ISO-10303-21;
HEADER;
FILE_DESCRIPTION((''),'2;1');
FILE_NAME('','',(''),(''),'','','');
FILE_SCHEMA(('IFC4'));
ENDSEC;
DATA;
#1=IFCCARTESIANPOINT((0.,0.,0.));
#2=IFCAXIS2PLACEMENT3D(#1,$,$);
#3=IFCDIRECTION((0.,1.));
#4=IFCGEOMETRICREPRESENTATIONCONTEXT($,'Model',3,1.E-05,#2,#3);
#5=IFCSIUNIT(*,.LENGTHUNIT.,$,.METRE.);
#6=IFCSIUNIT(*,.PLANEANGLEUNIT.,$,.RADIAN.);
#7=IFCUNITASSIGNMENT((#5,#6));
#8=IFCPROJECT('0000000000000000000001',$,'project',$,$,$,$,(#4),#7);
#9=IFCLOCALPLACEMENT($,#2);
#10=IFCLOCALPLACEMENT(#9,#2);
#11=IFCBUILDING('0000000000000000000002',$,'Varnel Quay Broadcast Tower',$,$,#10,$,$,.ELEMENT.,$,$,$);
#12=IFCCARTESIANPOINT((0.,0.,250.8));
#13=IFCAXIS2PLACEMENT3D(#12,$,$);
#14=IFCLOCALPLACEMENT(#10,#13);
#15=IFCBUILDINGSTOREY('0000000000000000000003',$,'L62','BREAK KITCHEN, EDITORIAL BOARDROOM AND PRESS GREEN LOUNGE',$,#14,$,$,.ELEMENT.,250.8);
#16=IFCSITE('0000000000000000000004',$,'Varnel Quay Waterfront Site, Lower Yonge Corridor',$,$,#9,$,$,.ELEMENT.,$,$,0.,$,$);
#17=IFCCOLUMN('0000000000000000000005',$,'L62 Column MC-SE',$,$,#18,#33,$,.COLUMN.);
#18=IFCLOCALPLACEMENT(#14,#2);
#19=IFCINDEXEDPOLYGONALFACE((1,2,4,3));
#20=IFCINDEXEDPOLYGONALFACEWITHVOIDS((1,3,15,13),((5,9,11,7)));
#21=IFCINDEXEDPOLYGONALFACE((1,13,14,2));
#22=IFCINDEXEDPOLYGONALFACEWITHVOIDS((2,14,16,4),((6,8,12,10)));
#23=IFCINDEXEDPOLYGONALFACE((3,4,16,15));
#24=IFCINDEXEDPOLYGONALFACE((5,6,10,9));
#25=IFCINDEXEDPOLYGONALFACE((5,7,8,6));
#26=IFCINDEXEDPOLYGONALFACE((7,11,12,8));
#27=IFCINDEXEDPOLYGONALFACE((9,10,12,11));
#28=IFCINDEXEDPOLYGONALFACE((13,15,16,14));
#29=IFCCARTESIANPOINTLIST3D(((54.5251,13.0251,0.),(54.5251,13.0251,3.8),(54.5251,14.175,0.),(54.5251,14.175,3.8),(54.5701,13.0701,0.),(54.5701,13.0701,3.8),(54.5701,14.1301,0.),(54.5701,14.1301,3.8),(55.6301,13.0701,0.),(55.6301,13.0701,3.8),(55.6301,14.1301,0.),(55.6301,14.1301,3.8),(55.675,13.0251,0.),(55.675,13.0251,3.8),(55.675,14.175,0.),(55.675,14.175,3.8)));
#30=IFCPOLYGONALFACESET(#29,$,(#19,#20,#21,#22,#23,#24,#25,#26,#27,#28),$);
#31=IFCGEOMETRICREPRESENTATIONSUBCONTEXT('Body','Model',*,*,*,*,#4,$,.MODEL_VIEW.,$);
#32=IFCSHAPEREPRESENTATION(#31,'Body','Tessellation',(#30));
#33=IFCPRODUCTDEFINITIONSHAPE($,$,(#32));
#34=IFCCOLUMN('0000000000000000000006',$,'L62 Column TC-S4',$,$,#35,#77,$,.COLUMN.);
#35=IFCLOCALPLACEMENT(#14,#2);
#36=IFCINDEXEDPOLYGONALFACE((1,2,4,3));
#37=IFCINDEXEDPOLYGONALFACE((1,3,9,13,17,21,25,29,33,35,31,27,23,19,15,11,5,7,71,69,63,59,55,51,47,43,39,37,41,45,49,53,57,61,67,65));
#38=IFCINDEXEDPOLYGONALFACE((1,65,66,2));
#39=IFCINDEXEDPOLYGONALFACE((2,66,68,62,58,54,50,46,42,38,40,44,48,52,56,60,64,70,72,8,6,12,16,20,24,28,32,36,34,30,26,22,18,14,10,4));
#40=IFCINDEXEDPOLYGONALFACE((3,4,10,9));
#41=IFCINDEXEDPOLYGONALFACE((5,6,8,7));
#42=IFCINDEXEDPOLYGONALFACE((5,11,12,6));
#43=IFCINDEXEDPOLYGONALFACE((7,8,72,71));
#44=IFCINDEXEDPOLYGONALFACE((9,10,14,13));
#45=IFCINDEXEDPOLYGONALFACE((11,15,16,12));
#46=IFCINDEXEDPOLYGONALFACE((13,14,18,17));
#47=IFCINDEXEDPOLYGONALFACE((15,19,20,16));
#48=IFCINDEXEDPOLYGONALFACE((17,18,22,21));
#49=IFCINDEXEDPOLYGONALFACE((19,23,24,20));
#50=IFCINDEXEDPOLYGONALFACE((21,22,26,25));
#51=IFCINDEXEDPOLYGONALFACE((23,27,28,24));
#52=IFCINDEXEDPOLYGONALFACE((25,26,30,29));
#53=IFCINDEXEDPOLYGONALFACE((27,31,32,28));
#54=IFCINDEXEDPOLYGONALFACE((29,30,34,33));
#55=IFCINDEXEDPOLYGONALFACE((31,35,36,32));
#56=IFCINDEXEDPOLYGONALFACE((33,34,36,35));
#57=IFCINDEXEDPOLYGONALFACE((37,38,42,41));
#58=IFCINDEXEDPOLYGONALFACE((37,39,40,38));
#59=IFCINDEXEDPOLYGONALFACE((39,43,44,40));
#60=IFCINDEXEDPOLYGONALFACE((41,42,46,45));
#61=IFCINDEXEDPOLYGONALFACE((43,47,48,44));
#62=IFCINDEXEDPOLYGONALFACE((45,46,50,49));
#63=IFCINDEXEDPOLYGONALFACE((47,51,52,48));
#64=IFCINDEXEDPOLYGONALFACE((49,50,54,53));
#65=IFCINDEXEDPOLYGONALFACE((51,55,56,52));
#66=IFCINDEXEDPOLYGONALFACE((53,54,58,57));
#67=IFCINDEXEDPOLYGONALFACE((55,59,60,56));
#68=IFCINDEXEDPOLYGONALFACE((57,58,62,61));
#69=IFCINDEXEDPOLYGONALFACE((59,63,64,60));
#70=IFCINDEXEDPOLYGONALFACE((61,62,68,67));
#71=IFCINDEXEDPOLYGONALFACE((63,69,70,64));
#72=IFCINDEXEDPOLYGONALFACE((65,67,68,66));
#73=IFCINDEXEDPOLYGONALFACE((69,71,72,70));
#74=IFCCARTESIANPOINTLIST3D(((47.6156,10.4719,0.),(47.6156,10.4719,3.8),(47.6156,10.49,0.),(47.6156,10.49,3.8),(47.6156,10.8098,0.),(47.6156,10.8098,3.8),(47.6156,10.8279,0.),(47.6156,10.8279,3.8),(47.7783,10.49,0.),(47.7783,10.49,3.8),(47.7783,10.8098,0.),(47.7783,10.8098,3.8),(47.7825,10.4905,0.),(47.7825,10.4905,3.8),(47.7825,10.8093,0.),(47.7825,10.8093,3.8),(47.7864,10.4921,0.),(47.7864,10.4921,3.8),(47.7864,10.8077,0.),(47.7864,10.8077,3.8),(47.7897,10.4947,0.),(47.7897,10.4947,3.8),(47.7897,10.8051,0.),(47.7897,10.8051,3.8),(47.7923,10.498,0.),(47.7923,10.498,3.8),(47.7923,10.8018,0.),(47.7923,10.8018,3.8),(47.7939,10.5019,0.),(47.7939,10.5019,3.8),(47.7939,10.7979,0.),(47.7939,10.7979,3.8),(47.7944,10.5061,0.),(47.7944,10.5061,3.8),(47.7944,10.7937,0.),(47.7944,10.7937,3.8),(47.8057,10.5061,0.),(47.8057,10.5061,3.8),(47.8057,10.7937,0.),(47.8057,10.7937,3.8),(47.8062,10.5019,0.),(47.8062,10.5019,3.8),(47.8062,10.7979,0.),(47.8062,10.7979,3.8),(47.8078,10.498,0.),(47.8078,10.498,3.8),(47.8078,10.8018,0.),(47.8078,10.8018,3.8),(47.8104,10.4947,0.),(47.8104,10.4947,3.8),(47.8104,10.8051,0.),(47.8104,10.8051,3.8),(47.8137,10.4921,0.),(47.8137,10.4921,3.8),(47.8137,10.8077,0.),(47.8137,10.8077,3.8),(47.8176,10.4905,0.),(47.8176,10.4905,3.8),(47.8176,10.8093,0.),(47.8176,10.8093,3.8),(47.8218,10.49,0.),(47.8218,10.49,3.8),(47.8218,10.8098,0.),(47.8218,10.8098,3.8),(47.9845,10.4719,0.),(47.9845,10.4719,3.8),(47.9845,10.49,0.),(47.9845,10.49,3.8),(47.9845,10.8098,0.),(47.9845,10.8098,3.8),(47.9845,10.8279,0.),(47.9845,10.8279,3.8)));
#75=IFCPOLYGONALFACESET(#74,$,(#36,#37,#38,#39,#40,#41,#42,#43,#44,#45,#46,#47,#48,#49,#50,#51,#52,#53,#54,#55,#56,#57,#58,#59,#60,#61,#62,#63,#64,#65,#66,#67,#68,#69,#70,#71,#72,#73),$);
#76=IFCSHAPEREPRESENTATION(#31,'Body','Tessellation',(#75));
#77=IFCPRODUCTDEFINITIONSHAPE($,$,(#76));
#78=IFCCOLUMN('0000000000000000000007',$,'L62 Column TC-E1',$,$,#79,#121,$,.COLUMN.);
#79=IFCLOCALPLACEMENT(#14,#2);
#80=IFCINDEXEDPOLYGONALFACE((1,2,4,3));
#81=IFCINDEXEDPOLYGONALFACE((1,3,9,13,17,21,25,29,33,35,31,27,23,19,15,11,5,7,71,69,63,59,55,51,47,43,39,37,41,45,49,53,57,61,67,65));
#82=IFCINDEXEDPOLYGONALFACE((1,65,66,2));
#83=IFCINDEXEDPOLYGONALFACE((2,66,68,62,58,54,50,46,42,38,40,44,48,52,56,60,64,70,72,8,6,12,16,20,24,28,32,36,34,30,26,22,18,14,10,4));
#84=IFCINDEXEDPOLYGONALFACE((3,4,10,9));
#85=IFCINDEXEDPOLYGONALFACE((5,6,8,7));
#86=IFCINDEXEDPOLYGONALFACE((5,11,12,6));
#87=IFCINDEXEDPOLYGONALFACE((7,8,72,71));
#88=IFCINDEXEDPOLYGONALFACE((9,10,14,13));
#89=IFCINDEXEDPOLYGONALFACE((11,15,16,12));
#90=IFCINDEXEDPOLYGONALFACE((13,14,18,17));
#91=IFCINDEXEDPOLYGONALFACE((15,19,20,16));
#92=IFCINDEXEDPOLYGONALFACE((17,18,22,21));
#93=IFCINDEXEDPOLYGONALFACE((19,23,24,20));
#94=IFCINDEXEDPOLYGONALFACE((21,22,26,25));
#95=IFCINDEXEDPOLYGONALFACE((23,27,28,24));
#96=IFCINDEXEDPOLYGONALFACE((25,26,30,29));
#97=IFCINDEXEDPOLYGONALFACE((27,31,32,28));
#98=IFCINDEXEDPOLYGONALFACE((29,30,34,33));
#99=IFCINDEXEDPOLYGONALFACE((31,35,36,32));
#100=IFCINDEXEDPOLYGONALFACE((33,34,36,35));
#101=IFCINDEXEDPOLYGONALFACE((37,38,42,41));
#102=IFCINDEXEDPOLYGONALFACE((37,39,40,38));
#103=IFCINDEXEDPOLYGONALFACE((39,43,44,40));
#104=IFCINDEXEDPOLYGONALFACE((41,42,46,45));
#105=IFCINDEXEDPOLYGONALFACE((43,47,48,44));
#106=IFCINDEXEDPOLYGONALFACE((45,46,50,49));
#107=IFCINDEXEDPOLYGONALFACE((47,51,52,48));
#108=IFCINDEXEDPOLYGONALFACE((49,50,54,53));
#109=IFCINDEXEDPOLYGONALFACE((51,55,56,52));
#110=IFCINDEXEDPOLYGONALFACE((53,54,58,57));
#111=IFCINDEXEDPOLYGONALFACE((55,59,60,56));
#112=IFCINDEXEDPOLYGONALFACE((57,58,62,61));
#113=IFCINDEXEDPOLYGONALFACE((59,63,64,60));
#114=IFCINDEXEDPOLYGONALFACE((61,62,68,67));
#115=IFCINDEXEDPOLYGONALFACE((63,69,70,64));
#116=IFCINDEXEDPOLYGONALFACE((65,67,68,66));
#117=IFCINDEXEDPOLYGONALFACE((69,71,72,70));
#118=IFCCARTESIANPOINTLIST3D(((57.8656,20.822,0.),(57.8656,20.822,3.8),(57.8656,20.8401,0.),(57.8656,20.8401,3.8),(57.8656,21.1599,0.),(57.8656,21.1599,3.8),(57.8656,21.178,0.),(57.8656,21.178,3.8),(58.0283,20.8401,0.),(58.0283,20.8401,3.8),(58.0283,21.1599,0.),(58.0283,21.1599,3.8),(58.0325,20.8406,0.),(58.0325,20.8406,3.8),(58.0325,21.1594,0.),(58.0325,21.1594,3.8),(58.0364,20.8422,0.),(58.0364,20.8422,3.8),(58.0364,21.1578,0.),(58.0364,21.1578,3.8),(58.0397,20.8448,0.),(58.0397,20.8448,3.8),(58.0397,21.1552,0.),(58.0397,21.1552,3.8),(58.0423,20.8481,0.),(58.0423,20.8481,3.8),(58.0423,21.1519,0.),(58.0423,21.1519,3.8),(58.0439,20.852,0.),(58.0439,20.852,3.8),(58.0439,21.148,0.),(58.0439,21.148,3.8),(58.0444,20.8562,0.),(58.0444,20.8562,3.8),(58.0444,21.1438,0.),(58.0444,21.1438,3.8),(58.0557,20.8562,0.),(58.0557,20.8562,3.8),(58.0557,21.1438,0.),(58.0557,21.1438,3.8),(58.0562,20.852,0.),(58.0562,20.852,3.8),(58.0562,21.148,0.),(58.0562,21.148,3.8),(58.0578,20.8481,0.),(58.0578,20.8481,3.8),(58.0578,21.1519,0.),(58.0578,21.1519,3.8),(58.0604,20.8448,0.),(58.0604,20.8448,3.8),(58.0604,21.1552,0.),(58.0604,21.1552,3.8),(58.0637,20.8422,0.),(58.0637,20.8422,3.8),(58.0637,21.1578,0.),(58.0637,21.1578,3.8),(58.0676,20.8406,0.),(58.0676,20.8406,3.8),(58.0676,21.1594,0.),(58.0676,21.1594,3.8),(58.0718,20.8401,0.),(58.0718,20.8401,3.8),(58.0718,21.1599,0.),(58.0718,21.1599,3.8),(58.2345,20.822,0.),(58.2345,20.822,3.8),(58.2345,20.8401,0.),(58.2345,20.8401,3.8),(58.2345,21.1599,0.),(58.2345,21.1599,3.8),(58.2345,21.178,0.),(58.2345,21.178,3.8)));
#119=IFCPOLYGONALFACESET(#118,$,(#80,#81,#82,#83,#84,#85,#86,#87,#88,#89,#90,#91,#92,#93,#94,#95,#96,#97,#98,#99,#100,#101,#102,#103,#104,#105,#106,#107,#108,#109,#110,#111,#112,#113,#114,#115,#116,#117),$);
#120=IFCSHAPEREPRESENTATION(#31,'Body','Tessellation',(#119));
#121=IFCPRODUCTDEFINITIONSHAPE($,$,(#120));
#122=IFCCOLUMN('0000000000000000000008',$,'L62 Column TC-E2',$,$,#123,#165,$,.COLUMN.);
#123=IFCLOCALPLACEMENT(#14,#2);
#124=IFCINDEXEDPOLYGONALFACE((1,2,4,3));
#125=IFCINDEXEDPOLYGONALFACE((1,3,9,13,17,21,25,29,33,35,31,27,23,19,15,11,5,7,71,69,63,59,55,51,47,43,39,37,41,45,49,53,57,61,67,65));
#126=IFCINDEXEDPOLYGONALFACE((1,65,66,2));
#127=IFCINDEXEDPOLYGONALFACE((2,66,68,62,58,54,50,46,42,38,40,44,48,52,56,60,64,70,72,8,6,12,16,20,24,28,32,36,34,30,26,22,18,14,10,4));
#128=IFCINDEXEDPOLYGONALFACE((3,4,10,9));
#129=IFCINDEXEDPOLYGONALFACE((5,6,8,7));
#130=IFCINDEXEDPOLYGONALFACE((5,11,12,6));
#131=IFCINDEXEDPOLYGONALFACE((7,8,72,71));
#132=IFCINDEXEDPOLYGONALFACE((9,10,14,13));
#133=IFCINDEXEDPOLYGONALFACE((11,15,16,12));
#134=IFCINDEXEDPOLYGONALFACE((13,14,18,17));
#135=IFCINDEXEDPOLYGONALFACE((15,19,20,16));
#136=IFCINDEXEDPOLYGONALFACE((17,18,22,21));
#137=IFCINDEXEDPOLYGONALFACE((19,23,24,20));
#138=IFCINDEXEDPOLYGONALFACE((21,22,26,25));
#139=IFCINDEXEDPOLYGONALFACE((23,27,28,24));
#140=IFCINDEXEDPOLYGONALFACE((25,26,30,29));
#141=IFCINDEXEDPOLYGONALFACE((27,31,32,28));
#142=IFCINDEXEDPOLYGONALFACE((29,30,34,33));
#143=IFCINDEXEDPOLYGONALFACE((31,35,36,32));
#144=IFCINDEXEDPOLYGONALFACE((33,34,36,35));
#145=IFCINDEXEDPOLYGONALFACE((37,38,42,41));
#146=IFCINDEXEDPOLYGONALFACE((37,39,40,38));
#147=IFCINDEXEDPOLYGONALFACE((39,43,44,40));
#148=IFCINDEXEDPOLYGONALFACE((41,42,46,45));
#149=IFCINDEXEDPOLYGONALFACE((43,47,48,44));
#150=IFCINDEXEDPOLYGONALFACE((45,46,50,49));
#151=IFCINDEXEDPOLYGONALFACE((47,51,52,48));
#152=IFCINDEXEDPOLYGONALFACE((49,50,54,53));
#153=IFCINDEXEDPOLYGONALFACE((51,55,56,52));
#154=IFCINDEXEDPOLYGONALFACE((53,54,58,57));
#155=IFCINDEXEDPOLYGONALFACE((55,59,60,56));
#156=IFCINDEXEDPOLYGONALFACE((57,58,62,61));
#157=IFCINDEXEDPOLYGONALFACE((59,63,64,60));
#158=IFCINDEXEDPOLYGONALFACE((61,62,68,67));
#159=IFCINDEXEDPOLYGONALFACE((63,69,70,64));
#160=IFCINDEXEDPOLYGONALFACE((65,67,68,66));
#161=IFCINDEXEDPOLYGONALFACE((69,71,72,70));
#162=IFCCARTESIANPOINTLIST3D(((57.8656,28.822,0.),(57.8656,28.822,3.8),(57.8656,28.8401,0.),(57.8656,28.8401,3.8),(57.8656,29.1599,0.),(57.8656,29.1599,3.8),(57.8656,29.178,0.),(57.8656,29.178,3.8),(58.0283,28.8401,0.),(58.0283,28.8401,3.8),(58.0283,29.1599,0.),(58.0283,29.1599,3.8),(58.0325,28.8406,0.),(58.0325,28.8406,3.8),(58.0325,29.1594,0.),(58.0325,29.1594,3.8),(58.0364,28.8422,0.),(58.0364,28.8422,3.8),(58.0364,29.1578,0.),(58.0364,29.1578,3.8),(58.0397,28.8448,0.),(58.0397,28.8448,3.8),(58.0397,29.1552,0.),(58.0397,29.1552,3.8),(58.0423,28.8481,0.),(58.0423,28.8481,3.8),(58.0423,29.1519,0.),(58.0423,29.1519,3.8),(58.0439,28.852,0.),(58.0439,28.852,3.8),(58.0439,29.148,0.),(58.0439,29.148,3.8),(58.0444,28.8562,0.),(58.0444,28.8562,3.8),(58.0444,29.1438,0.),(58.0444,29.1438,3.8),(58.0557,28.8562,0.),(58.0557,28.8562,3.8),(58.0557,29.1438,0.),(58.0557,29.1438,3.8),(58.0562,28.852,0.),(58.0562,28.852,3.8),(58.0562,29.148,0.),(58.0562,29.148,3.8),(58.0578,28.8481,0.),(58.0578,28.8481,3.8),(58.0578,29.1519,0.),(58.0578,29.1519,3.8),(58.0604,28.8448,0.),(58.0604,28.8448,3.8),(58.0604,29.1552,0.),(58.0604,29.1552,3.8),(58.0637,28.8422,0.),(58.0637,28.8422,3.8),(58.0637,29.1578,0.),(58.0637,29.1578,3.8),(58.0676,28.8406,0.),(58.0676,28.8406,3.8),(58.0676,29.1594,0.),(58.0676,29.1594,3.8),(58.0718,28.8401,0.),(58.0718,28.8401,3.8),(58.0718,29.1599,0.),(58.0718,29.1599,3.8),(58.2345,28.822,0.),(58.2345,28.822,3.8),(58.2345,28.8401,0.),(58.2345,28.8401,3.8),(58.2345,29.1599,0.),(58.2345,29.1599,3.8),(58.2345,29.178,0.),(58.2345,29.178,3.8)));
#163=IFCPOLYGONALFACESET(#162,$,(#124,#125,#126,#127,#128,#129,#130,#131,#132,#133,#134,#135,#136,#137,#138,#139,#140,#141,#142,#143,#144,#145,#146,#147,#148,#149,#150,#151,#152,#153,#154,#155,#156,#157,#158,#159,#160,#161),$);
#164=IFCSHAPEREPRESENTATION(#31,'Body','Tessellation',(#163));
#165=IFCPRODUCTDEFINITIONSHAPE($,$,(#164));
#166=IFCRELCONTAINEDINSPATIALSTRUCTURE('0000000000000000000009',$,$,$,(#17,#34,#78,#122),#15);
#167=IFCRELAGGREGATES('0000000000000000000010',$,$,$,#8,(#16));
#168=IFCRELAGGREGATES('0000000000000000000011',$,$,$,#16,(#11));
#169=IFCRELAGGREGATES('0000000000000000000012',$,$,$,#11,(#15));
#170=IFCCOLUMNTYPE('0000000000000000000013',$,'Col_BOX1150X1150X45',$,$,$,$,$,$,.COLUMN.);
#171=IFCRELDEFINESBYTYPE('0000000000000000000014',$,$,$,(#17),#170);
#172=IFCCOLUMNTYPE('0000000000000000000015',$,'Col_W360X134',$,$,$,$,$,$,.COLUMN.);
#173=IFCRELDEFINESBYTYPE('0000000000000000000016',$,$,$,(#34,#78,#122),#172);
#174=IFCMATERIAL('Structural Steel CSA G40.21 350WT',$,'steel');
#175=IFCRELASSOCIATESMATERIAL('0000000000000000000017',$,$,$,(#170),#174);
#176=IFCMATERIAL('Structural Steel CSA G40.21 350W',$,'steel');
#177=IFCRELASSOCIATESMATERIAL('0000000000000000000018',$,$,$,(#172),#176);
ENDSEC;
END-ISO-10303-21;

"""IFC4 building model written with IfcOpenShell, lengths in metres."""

from ifc_helpers import new_model, si_unit, direction, frame, origin, origin_2d, place, context, subcontext, project, spatial, hollow_rectangle, i_section, extrude, source, transform, mapped, material, material_profile, profile_set, type_object, type_shapes, element, save


model = new_model("IFC4")

# Units and contexts
model_context = context("Model", 3, precision=1e-05, world=origin(), true_north=direction((0.0, 1.0)))
body_context = subcontext(model_context, "Body", "Model", "MODEL_VIEW")
ifc_project = project(units=[si_unit("LENGTHUNIT", "METRE"), si_unit("PLANEANGLEUNIT", "RADIAN")], contexts=[model_context])

# Site, building, storey
site_placement = place(None, origin())
site = spatial("IfcSite", under=ifc_project, at=site_placement, Name="Varnel Quay Waterfront Site, Lower Yonge Corridor", CompositionType="ELEMENT", RefElevation=0.0)
building_placement = place(site_placement, origin())
building = spatial("IfcBuilding", under=site, at=building_placement, Name="Varnel Quay Broadcast Tower", CompositionType="ELEMENT")
storey_placement = place(building_placement, frame((0.0, 0.0, 250.8)))
storey = spatial("IfcBuildingStorey", under=building, at=storey_placement, Name="L62", Description="BREAK KITCHEN, EDITORIAL BOARDROOM AND PRESS GREEN LOUNGE", CompositionType="ELEMENT", Elevation=250.8)

# Columns
ifc_material_1 = material(Name="Structural Steel CSA G40.21 350WT", Category="steel")
ifc_material_profile_1 = material_profile(ifc_material_1, hollow_rectangle(XDim=1.1499, YDim=1.1499, WallThickness=0.0449, at=origin_2d()), Name="BOX1150X1150X45")
ifc_profile_set_1 = profile_set([ifc_material_profile_1], Name="Structural Steel CSA G40.21 350WT")
column_type_1 = type_object("IfcColumnType", Name="Col_BOX1150X1150X45", PredefinedType="COLUMN", material=ifc_profile_set_1)
shared_shape_1 = source(origin(), body_context, "Body", "SweptSolid", [
    extrude(hollow_rectangle(XDim=1.1499, YDim=1.1499, WallThickness=0.0449, at=origin_2d()), origin(), (0.0, 0.0, 1.0), 3.8),
])
type_shapes(column_type_1, [shared_shape_1])
column_placement = place(storey_placement, frame((55.1001, 13.6001, 0.0), z_axis=(0.0, 0.0, 1.0), x_axis=(1.0, 0.0, 0.0)))
element("IfcColumn", 1, at=column_placement, inside=storey, type_object=column_type_1, Name="L62 Column MC-SE", PredefinedType="COLUMN", context=body_context, shape_type="MappedRepresentation", body=[
    mapped(shared_shape_1, transform((0.0, 0.0, 0.0), x_axis=(1.0, 0.0, 0.0), y_axis=(0.0, 1.0, 0.0), z_axis=(0.0, 0.0, 1.0), scale=1.0)),
])
ifc_material_2 = material(Name="Structural Steel CSA G40.21 350W", Category="steel")
ifc_material_profile_2 = material_profile(ifc_material_2, i_section(OverallWidth=0.3689, OverallDepth=0.356, WebThickness=0.0112, FlangeThickness=0.0181, FilletRadius=0.0161, at=origin_2d()), Name="W360X134")
ifc_profile_set_2 = profile_set([ifc_material_profile_2], Name="Structural Steel CSA G40.21 350W")
column_type_2 = type_object("IfcColumnType", Name="Col_W360X134", PredefinedType="COLUMN", material=ifc_profile_set_2)
shared_shape_2 = source(origin(), body_context, "Body", "SweptSolid", [
    extrude(i_section(OverallWidth=0.3689, OverallDepth=0.356, WebThickness=0.0112, FlangeThickness=0.0181, FilletRadius=0.0161, at=origin_2d()), origin(), (0.0, 0.0, 1.0), 3.8),
])
type_shapes(column_type_2, [shared_shape_2])
for number, where, z_axis, x_axis, name in (
    (2, (47.8, 10.6499, 0.0), (0.0, 0.0, 1.0), (1.0, 0.0, 0.0), "L62 Column TC-S4"),
    (3, (58.05, 21.0, 0.0), (0.0, 0.0, 1.0), (1.0, 0.0, 0.0), "L62 Column TC-E1"),
    (4, (58.05, 29.0, 0.0), (0.0, 0.0, 1.0), (1.0, 0.0, 0.0), "L62 Column TC-E2"),
):
    element("IfcColumn", number, at=place(storey_placement, frame(where, z_axis=z_axis, x_axis=x_axis)), inside=storey, type_object=column_type_2, Name=name, PredefinedType="COLUMN", context=body_context, shape_type="MappedRepresentation", body=[
        mapped(shared_shape_2, transform((0.0, 0.0, 0.0), x_axis=(1.0, 0.0, 0.0), y_axis=(0.0, 1.0, 0.0), z_axis=(0.0, 0.0, 1.0), scale=1.0)),
    ])

save(model, "model.ifc")
